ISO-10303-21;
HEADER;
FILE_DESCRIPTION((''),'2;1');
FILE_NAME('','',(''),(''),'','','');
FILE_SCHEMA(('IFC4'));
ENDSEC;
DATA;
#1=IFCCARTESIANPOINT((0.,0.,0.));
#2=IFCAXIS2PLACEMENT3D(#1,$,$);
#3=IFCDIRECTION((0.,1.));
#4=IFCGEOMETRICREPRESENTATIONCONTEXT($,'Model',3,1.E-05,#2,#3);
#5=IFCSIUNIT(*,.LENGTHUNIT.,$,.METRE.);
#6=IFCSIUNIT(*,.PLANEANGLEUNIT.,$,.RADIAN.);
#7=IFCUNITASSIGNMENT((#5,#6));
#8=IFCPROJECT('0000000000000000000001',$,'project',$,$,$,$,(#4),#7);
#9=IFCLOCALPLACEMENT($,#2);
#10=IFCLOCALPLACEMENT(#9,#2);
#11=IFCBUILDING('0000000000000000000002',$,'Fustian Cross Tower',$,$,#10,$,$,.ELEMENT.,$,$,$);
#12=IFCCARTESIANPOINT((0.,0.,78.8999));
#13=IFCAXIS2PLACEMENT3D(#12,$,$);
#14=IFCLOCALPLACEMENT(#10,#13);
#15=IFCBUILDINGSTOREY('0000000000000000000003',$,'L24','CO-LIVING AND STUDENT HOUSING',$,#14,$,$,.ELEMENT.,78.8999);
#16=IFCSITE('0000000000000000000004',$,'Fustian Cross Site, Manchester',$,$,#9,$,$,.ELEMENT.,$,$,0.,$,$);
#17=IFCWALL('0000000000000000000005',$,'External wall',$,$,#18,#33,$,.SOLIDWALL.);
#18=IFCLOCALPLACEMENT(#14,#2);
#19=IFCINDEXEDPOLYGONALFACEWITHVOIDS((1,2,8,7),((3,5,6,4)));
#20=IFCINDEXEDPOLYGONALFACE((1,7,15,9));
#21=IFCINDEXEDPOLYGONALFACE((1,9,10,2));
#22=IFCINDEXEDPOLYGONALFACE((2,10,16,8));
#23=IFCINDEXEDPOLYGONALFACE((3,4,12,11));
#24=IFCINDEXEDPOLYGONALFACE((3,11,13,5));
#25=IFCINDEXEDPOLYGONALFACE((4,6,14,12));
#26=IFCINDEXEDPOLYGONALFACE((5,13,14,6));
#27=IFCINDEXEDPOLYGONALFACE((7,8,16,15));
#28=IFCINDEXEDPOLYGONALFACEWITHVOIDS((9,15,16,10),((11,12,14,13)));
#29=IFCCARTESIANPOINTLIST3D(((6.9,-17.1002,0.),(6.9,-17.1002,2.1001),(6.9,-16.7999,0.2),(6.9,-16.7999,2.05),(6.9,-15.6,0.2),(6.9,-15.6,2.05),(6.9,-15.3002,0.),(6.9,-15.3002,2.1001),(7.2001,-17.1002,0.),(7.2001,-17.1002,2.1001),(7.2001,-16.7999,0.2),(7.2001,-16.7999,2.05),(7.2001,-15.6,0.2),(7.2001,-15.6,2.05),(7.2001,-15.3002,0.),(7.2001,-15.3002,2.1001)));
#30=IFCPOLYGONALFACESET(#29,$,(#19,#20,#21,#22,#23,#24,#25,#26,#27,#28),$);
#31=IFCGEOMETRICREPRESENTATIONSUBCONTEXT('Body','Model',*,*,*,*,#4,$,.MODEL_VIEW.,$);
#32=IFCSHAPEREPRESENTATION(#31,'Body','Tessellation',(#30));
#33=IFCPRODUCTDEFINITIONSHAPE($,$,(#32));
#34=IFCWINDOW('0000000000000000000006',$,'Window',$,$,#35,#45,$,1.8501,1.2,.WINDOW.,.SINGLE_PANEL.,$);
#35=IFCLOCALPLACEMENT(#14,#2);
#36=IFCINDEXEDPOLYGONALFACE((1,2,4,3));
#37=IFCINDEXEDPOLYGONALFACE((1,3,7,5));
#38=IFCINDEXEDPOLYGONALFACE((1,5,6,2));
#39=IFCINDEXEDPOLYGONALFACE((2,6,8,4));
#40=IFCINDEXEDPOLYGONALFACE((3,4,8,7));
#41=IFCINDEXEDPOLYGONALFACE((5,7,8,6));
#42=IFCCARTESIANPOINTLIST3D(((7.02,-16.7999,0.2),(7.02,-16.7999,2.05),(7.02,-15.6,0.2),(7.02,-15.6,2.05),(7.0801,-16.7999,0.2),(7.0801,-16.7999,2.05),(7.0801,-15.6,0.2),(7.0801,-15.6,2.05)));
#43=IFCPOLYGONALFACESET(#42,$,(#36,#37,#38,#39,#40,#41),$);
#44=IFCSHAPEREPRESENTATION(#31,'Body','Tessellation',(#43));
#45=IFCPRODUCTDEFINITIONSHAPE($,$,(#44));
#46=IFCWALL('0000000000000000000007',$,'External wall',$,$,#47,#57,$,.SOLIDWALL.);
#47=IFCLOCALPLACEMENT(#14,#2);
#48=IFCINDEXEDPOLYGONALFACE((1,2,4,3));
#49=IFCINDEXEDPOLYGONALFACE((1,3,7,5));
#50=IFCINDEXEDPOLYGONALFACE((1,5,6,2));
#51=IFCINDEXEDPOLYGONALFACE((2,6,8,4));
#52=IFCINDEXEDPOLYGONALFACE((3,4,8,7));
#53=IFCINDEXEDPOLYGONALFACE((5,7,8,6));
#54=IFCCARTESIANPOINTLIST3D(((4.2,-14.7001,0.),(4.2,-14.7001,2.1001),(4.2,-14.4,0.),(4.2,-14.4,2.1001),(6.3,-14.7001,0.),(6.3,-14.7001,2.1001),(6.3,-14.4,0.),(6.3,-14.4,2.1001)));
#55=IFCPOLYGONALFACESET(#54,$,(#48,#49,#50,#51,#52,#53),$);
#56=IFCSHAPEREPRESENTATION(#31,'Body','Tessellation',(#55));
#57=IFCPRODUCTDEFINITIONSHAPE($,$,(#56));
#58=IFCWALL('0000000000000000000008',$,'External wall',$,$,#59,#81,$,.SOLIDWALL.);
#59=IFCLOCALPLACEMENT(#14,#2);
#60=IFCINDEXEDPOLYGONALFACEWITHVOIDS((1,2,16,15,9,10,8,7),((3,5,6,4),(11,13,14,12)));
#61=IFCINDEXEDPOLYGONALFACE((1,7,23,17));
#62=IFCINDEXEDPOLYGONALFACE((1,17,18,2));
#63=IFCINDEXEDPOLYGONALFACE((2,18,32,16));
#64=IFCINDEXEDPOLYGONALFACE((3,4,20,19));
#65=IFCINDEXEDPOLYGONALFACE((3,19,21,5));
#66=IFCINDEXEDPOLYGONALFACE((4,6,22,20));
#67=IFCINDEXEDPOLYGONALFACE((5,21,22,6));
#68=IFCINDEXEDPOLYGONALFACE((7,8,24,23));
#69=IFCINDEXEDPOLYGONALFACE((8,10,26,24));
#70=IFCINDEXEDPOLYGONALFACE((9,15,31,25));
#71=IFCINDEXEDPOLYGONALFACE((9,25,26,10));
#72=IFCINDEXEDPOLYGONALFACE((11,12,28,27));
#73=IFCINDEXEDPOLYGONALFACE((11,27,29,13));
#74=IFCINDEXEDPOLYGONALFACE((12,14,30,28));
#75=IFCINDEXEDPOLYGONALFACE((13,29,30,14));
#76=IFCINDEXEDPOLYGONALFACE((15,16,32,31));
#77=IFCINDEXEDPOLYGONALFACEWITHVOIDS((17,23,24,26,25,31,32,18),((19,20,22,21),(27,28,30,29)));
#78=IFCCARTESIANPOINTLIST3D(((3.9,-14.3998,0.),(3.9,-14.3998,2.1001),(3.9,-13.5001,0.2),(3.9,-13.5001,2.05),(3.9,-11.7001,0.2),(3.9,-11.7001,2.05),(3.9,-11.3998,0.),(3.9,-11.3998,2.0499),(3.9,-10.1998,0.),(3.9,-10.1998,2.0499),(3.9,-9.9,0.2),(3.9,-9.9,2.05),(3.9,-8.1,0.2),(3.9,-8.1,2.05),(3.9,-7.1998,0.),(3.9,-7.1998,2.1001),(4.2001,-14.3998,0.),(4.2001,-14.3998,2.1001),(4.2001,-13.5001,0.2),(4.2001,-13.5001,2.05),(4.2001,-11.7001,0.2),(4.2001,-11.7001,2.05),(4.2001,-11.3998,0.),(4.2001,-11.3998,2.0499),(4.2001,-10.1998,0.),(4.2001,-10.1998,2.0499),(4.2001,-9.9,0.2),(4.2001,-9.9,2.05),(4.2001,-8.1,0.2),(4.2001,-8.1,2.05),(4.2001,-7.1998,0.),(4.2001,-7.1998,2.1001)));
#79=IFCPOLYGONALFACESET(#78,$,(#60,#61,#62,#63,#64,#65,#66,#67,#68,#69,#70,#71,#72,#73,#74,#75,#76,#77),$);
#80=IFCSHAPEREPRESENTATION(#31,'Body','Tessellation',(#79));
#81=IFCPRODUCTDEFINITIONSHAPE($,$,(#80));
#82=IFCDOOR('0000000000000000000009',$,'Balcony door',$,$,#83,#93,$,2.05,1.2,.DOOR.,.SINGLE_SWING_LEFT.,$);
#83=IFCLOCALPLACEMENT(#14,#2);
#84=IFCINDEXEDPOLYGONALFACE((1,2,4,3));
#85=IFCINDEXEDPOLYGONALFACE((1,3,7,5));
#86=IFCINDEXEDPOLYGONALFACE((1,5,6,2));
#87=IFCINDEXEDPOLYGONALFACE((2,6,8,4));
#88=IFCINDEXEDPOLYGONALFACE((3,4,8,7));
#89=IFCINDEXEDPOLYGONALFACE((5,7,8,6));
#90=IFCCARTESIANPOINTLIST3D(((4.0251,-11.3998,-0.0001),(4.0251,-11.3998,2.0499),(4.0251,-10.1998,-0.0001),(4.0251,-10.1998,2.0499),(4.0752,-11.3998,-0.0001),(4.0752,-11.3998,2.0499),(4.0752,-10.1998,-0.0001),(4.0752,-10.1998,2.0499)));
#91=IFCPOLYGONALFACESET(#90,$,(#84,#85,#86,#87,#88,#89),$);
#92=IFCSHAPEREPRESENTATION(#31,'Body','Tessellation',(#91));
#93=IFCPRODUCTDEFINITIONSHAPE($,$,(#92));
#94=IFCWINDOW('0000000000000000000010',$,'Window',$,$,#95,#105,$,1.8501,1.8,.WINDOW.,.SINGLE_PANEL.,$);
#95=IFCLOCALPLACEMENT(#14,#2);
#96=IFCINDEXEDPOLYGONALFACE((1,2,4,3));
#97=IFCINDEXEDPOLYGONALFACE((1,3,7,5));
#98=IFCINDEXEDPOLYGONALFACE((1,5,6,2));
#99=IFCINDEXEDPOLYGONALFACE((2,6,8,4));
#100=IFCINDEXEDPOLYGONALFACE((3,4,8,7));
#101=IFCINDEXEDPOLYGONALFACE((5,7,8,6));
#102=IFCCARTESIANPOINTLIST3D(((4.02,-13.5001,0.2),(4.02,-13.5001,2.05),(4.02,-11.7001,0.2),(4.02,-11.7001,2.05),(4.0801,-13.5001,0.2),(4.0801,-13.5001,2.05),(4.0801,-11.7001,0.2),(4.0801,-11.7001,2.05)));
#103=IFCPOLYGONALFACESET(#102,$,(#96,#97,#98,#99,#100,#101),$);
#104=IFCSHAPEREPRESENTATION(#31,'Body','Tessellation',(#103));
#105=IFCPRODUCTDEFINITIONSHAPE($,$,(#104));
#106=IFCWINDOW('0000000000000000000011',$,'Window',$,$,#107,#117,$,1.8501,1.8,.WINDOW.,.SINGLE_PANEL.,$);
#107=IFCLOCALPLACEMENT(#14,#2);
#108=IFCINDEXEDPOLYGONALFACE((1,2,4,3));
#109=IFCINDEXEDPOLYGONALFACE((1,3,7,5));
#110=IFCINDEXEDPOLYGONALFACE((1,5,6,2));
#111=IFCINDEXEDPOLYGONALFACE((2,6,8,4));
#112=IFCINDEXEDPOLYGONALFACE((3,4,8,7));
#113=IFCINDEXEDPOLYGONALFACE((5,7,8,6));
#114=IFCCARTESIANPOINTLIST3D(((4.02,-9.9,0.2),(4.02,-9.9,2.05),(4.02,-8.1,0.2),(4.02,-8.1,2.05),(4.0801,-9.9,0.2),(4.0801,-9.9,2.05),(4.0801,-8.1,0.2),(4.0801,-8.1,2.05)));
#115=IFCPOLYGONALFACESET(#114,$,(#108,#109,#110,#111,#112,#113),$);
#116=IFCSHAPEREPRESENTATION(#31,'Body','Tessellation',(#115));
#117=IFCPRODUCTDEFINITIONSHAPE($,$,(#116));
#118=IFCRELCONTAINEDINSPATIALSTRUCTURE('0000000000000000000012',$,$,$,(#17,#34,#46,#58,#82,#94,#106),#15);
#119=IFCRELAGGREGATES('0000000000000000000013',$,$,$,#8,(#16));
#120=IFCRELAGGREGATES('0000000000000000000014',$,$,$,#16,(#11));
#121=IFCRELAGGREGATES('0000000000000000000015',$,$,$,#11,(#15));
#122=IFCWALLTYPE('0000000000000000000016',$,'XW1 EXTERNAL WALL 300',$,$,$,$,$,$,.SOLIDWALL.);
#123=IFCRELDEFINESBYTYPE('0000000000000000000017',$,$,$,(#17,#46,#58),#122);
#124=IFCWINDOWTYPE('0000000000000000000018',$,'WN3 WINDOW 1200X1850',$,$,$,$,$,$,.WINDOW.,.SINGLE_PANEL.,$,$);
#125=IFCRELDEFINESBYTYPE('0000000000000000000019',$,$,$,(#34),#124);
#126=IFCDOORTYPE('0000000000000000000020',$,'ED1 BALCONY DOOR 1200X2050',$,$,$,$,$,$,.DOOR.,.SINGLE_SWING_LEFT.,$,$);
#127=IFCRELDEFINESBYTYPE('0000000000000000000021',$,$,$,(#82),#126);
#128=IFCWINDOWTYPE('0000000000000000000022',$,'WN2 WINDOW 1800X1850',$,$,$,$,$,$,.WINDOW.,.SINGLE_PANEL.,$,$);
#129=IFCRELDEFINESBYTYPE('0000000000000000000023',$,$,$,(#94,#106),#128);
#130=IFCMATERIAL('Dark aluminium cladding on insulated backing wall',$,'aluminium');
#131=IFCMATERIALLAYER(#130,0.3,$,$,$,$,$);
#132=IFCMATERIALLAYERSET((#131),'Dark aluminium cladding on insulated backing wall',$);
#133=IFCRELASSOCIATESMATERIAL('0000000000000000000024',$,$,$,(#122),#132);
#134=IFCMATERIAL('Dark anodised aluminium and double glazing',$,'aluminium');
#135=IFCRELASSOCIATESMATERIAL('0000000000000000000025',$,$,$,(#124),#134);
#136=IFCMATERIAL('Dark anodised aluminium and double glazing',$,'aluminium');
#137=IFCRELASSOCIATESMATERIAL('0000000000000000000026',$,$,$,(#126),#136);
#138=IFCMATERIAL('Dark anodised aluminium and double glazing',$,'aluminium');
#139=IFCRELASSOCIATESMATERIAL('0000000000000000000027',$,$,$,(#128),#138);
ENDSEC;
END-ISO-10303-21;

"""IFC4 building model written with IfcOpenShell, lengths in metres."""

from ifc_helpers import new_model, si_unit, direction, frame, frame_2d, origin, place, context, subcontext, project, spatial, rectangle, extrude, material, layer, layer_set, type_object, element, fill, save


model = new_model("IFC4")

# Units and contexts
model_context = context("Model", 3, precision=1e-05, world=origin(), true_north=direction((0.0, 1.0)))
body_context = subcontext(model_context, "Body", "Model", "MODEL_VIEW")
ifc_project = project(units=[si_unit("LENGTHUNIT", "METRE"), si_unit("PLANEANGLEUNIT", "RADIAN")], contexts=[model_context])

# Site, building, storey
site_placement = place(None, origin())
site = spatial("IfcSite", under=ifc_project, at=site_placement, Name="Fustian Cross Site, Manchester", CompositionType="ELEMENT", RefElevation=0.0)
building_placement = place(site_placement, origin())
building = spatial("IfcBuilding", under=site, at=building_placement, Name="Fustian Cross Tower", CompositionType="ELEMENT")
storey_placement = place(building_placement, frame((0.0, 0.0, 78.8999)))
storey = spatial("IfcBuildingStorey", under=building, at=storey_placement, Name="L24", Description="CO-LIVING AND STUDENT HOUSING", CompositionType="ELEMENT", Elevation=78.8999)

# Wall, opening, window
ifc_material_1 = material(Name="Dark aluminium cladding on insulated backing wall", Category="aluminium")
ifc_layer_1 = layer(ifc_material_1, 0.3)
ifc_layer_set_1 = layer_set([ifc_layer_1], Name="Dark aluminium cladding on insulated backing wall")
wall_type_1 = type_object("IfcWallType", Name="XW1 EXTERNAL WALL 300", PredefinedType="SOLIDWALL", material=ifc_layer_set_1)
wall_1_placement = place(storey_placement, frame((7.05, -17.1001, 0.0), z_axis=(0.0, 0.0, 1.0), x_axis=(0.0, 1.0, 0.0)))
wall_1 = element("IfcWall", 1, at=wall_1_placement, inside=storey, type_object=wall_type_1, Name="External wall", PredefinedType="SOLIDWALL", context=body_context, shape_type="SweptSolid", body=[
    extrude(rectangle(XDim=1.8, YDim=0.3, at=frame_2d((0.8999, 0.0))), origin(), (0.0, 0.0, 1.0), 2.1001),
])
opening_1_placement = place(wall_1_placement, frame((0.3, 0.0, 0.2)))
opening_1 = element("IfcOpeningElement", 2, at=opening_1_placement, cuts=wall_1, PredefinedType="OPENING", context=body_context, shape_type="SweptSolid", body=[
    extrude(rectangle(XDim=1.2, YDim=1.8501, at=frame_2d((0.6001, 0.925))), frame((0.0, 0.1599, 0.0), z_axis=(0.0, -1.0, 0.0), x_axis=(1.0, 0.0, 0.0)), (0.0, 0.0, 1.0), 0.3201),
])
ifc_material_2 = material(Name="Dark anodised aluminium and double glazing", Category="aluminium")
window_type_1 = type_object("IfcWindowType", Name="WN3 WINDOW 1200X1850", PartitioningType="SINGLE_PANEL", PredefinedType="WINDOW", material=ifc_material_2)
window_1_placement = place(opening_1_placement, origin())
window_1 = element("IfcWindow", 3, at=window_1_placement, inside=storey, type_object=window_type_1, Name="Window", OverallHeight=1.8501, OverallWidth=1.2, PartitioningType="SINGLE_PANEL", PredefinedType="WINDOW", context=body_context, shape_type="SweptSolid", body=[
    extrude(rectangle(XDim=1.2, YDim=1.8501, at=frame_2d((0.6001, 0.925))), frame((0.0, 0.03, 0.0), z_axis=(0.0, -1.0, 0.0), x_axis=(1.0, 0.0, 0.0)), (0.0, 0.0, 1.0), 0.0601),
])
fill(opening_1, window_1)

# Wall
wall_2_placement = place(storey_placement, frame((6.3, -14.55, 0.0), z_axis=(0.0, 0.0, 1.0), x_axis=(-1.0, 0.0, 0.0)))
element("IfcWall", 4, at=wall_2_placement, inside=storey, type_object=wall_type_1, Name="External wall", PredefinedType="SOLIDWALL", context=body_context, shape_type="SweptSolid", body=[
    extrude(rectangle(XDim=2.1001, YDim=0.3, at=frame_2d((1.05, 0.0))), origin(), (0.0, 0.0, 1.0), 2.1001),
])

# Wall, openings, door, windows
wall_3_placement = place(storey_placement, frame((4.05, -14.3999, 0.0), z_axis=(0.0, 0.0, 1.0), x_axis=(0.0, 1.0, 0.0)))
wall_3 = element("IfcWall", 5, at=wall_3_placement, inside=storey, type_object=wall_type_1, Name="External wall", PredefinedType="SOLIDWALL", context=body_context, shape_type="SweptSolid", body=[
    extrude(rectangle(XDim=7.2, YDim=0.3, at=frame_2d((3.6001, 0.0))), origin(), (0.0, 0.0, 1.0), 2.1001),
])
opening_2_placement = place(wall_3_placement, frame((3.0, 0.0, 0.0)))
opening_2 = element("IfcOpeningElement", 6, at=opening_2_placement, cuts=wall_3, PredefinedType="OPENING", context=body_context, shape_type="SweptSolid", body=[
    extrude(rectangle(XDim=1.2, YDim=2.05, at=frame_2d((0.6001, 1.0249))), frame((0.0, 0.1599, 0.0), z_axis=(0.0, -1.0, 0.0), x_axis=(1.0, 0.0, 0.0)), (0.0, 0.0, 1.0), 0.3201),
])
opening_3_placement = place(wall_3_placement, frame((0.8999, 0.0, 0.2)))
opening_3 = element("IfcOpeningElement", 7, at=opening_3_placement, cuts=wall_3, PredefinedType="OPENING", context=body_context, shape_type="SweptSolid", body=[
    extrude(rectangle(XDim=1.8, YDim=1.8501, at=frame_2d((0.8999, 0.925))), frame((0.0, 0.1599, 0.0), z_axis=(0.0, -1.0, 0.0), x_axis=(1.0, 0.0, 0.0)), (0.0, 0.0, 1.0), 0.3201),
])
opening_4_placement = place(wall_3_placement, frame((4.5, 0.0, 0.2)))
opening_4 = element("IfcOpeningElement", 8, at=opening_4_placement, cuts=wall_3, PredefinedType="OPENING", context=body_context, shape_type="SweptSolid", body=[
    extrude(rectangle(XDim=1.8, YDim=1.8501, at=frame_2d((0.8999, 0.925))), frame((0.0, 0.1599, 0.0), z_axis=(0.0, -1.0, 0.0), x_axis=(1.0, 0.0, 0.0)), (0.0, 0.0, 1.0), 0.3201),
])
ifc_material_3 = material(Name="Dark anodised aluminium and double glazing", Category="aluminium")
door_type_1 = type_object("IfcDoorType", Name="ED1 BALCONY DOOR 1200X2050", OperationType="SINGLE_SWING_LEFT", PredefinedType="DOOR", material=ifc_material_3)
door_1_placement = place(opening_2_placement, origin())
door_1 = element("IfcDoor", 9, at=door_1_placement, inside=storey, type_object=door_type_1, Name="Balcony door", OperationType="SINGLE_SWING_LEFT", OverallHeight=2.05, OverallWidth=1.2, PredefinedType="DOOR", context=body_context, shape_type="SweptSolid", body=[
    extrude(rectangle(XDim=1.2, YDim=2.05, at=frame_2d((0.6001, 1.0249))), frame((0.0, 0.0249, 0.0), z_axis=(0.0, -1.0, 0.0), x_axis=(1.0, 0.0, 0.0)), (0.0, 0.0, 1.0), 0.05),
])
fill(opening_2, door_1)
ifc_material_4 = material(Name="Dark anodised aluminium and double glazing", Category="aluminium")
window_type_2 = type_object("IfcWindowType", Name="WN2 WINDOW 1800X1850", PartitioningType="SINGLE_PANEL", PredefinedType="WINDOW", material=ifc_material_4)
window_2_placement = place(opening_3_placement, origin())
window_2 = element("IfcWindow", 10, at=window_2_placement, inside=storey, type_object=window_type_2, Name="Window", OverallHeight=1.8501, OverallWidth=1.8, PartitioningType="SINGLE_PANEL", PredefinedType="WINDOW", context=body_context, shape_type="SweptSolid", body=[
    extrude(rectangle(XDim=1.8, YDim=1.8501, at=frame_2d((0.8999, 0.925))), frame((0.0, 0.03, 0.0), z_axis=(0.0, -1.0, 0.0), x_axis=(1.0, 0.0, 0.0)), (0.0, 0.0, 1.0), 0.0601),
])
fill(opening_3, window_2)
window_3_placement = place(opening_4_placement, origin())
window_3 = element("IfcWindow", 11, at=window_3_placement, inside=storey, type_object=window_type_2, Name="Window", OverallHeight=1.8501, OverallWidth=1.8, PartitioningType="SINGLE_PANEL", PredefinedType="WINDOW", context=body_context, shape_type="SweptSolid", body=[
    extrude(rectangle(XDim=1.8, YDim=1.8501, at=frame_2d((0.8999, 0.925))), frame((0.0, 0.03, 0.0), z_axis=(0.0, -1.0, 0.0), x_axis=(1.0, 0.0, 0.0)), (0.0, 0.0, 1.0), 0.0601),
])
fill(opening_4, window_3)

save(model, "model.ifc")
